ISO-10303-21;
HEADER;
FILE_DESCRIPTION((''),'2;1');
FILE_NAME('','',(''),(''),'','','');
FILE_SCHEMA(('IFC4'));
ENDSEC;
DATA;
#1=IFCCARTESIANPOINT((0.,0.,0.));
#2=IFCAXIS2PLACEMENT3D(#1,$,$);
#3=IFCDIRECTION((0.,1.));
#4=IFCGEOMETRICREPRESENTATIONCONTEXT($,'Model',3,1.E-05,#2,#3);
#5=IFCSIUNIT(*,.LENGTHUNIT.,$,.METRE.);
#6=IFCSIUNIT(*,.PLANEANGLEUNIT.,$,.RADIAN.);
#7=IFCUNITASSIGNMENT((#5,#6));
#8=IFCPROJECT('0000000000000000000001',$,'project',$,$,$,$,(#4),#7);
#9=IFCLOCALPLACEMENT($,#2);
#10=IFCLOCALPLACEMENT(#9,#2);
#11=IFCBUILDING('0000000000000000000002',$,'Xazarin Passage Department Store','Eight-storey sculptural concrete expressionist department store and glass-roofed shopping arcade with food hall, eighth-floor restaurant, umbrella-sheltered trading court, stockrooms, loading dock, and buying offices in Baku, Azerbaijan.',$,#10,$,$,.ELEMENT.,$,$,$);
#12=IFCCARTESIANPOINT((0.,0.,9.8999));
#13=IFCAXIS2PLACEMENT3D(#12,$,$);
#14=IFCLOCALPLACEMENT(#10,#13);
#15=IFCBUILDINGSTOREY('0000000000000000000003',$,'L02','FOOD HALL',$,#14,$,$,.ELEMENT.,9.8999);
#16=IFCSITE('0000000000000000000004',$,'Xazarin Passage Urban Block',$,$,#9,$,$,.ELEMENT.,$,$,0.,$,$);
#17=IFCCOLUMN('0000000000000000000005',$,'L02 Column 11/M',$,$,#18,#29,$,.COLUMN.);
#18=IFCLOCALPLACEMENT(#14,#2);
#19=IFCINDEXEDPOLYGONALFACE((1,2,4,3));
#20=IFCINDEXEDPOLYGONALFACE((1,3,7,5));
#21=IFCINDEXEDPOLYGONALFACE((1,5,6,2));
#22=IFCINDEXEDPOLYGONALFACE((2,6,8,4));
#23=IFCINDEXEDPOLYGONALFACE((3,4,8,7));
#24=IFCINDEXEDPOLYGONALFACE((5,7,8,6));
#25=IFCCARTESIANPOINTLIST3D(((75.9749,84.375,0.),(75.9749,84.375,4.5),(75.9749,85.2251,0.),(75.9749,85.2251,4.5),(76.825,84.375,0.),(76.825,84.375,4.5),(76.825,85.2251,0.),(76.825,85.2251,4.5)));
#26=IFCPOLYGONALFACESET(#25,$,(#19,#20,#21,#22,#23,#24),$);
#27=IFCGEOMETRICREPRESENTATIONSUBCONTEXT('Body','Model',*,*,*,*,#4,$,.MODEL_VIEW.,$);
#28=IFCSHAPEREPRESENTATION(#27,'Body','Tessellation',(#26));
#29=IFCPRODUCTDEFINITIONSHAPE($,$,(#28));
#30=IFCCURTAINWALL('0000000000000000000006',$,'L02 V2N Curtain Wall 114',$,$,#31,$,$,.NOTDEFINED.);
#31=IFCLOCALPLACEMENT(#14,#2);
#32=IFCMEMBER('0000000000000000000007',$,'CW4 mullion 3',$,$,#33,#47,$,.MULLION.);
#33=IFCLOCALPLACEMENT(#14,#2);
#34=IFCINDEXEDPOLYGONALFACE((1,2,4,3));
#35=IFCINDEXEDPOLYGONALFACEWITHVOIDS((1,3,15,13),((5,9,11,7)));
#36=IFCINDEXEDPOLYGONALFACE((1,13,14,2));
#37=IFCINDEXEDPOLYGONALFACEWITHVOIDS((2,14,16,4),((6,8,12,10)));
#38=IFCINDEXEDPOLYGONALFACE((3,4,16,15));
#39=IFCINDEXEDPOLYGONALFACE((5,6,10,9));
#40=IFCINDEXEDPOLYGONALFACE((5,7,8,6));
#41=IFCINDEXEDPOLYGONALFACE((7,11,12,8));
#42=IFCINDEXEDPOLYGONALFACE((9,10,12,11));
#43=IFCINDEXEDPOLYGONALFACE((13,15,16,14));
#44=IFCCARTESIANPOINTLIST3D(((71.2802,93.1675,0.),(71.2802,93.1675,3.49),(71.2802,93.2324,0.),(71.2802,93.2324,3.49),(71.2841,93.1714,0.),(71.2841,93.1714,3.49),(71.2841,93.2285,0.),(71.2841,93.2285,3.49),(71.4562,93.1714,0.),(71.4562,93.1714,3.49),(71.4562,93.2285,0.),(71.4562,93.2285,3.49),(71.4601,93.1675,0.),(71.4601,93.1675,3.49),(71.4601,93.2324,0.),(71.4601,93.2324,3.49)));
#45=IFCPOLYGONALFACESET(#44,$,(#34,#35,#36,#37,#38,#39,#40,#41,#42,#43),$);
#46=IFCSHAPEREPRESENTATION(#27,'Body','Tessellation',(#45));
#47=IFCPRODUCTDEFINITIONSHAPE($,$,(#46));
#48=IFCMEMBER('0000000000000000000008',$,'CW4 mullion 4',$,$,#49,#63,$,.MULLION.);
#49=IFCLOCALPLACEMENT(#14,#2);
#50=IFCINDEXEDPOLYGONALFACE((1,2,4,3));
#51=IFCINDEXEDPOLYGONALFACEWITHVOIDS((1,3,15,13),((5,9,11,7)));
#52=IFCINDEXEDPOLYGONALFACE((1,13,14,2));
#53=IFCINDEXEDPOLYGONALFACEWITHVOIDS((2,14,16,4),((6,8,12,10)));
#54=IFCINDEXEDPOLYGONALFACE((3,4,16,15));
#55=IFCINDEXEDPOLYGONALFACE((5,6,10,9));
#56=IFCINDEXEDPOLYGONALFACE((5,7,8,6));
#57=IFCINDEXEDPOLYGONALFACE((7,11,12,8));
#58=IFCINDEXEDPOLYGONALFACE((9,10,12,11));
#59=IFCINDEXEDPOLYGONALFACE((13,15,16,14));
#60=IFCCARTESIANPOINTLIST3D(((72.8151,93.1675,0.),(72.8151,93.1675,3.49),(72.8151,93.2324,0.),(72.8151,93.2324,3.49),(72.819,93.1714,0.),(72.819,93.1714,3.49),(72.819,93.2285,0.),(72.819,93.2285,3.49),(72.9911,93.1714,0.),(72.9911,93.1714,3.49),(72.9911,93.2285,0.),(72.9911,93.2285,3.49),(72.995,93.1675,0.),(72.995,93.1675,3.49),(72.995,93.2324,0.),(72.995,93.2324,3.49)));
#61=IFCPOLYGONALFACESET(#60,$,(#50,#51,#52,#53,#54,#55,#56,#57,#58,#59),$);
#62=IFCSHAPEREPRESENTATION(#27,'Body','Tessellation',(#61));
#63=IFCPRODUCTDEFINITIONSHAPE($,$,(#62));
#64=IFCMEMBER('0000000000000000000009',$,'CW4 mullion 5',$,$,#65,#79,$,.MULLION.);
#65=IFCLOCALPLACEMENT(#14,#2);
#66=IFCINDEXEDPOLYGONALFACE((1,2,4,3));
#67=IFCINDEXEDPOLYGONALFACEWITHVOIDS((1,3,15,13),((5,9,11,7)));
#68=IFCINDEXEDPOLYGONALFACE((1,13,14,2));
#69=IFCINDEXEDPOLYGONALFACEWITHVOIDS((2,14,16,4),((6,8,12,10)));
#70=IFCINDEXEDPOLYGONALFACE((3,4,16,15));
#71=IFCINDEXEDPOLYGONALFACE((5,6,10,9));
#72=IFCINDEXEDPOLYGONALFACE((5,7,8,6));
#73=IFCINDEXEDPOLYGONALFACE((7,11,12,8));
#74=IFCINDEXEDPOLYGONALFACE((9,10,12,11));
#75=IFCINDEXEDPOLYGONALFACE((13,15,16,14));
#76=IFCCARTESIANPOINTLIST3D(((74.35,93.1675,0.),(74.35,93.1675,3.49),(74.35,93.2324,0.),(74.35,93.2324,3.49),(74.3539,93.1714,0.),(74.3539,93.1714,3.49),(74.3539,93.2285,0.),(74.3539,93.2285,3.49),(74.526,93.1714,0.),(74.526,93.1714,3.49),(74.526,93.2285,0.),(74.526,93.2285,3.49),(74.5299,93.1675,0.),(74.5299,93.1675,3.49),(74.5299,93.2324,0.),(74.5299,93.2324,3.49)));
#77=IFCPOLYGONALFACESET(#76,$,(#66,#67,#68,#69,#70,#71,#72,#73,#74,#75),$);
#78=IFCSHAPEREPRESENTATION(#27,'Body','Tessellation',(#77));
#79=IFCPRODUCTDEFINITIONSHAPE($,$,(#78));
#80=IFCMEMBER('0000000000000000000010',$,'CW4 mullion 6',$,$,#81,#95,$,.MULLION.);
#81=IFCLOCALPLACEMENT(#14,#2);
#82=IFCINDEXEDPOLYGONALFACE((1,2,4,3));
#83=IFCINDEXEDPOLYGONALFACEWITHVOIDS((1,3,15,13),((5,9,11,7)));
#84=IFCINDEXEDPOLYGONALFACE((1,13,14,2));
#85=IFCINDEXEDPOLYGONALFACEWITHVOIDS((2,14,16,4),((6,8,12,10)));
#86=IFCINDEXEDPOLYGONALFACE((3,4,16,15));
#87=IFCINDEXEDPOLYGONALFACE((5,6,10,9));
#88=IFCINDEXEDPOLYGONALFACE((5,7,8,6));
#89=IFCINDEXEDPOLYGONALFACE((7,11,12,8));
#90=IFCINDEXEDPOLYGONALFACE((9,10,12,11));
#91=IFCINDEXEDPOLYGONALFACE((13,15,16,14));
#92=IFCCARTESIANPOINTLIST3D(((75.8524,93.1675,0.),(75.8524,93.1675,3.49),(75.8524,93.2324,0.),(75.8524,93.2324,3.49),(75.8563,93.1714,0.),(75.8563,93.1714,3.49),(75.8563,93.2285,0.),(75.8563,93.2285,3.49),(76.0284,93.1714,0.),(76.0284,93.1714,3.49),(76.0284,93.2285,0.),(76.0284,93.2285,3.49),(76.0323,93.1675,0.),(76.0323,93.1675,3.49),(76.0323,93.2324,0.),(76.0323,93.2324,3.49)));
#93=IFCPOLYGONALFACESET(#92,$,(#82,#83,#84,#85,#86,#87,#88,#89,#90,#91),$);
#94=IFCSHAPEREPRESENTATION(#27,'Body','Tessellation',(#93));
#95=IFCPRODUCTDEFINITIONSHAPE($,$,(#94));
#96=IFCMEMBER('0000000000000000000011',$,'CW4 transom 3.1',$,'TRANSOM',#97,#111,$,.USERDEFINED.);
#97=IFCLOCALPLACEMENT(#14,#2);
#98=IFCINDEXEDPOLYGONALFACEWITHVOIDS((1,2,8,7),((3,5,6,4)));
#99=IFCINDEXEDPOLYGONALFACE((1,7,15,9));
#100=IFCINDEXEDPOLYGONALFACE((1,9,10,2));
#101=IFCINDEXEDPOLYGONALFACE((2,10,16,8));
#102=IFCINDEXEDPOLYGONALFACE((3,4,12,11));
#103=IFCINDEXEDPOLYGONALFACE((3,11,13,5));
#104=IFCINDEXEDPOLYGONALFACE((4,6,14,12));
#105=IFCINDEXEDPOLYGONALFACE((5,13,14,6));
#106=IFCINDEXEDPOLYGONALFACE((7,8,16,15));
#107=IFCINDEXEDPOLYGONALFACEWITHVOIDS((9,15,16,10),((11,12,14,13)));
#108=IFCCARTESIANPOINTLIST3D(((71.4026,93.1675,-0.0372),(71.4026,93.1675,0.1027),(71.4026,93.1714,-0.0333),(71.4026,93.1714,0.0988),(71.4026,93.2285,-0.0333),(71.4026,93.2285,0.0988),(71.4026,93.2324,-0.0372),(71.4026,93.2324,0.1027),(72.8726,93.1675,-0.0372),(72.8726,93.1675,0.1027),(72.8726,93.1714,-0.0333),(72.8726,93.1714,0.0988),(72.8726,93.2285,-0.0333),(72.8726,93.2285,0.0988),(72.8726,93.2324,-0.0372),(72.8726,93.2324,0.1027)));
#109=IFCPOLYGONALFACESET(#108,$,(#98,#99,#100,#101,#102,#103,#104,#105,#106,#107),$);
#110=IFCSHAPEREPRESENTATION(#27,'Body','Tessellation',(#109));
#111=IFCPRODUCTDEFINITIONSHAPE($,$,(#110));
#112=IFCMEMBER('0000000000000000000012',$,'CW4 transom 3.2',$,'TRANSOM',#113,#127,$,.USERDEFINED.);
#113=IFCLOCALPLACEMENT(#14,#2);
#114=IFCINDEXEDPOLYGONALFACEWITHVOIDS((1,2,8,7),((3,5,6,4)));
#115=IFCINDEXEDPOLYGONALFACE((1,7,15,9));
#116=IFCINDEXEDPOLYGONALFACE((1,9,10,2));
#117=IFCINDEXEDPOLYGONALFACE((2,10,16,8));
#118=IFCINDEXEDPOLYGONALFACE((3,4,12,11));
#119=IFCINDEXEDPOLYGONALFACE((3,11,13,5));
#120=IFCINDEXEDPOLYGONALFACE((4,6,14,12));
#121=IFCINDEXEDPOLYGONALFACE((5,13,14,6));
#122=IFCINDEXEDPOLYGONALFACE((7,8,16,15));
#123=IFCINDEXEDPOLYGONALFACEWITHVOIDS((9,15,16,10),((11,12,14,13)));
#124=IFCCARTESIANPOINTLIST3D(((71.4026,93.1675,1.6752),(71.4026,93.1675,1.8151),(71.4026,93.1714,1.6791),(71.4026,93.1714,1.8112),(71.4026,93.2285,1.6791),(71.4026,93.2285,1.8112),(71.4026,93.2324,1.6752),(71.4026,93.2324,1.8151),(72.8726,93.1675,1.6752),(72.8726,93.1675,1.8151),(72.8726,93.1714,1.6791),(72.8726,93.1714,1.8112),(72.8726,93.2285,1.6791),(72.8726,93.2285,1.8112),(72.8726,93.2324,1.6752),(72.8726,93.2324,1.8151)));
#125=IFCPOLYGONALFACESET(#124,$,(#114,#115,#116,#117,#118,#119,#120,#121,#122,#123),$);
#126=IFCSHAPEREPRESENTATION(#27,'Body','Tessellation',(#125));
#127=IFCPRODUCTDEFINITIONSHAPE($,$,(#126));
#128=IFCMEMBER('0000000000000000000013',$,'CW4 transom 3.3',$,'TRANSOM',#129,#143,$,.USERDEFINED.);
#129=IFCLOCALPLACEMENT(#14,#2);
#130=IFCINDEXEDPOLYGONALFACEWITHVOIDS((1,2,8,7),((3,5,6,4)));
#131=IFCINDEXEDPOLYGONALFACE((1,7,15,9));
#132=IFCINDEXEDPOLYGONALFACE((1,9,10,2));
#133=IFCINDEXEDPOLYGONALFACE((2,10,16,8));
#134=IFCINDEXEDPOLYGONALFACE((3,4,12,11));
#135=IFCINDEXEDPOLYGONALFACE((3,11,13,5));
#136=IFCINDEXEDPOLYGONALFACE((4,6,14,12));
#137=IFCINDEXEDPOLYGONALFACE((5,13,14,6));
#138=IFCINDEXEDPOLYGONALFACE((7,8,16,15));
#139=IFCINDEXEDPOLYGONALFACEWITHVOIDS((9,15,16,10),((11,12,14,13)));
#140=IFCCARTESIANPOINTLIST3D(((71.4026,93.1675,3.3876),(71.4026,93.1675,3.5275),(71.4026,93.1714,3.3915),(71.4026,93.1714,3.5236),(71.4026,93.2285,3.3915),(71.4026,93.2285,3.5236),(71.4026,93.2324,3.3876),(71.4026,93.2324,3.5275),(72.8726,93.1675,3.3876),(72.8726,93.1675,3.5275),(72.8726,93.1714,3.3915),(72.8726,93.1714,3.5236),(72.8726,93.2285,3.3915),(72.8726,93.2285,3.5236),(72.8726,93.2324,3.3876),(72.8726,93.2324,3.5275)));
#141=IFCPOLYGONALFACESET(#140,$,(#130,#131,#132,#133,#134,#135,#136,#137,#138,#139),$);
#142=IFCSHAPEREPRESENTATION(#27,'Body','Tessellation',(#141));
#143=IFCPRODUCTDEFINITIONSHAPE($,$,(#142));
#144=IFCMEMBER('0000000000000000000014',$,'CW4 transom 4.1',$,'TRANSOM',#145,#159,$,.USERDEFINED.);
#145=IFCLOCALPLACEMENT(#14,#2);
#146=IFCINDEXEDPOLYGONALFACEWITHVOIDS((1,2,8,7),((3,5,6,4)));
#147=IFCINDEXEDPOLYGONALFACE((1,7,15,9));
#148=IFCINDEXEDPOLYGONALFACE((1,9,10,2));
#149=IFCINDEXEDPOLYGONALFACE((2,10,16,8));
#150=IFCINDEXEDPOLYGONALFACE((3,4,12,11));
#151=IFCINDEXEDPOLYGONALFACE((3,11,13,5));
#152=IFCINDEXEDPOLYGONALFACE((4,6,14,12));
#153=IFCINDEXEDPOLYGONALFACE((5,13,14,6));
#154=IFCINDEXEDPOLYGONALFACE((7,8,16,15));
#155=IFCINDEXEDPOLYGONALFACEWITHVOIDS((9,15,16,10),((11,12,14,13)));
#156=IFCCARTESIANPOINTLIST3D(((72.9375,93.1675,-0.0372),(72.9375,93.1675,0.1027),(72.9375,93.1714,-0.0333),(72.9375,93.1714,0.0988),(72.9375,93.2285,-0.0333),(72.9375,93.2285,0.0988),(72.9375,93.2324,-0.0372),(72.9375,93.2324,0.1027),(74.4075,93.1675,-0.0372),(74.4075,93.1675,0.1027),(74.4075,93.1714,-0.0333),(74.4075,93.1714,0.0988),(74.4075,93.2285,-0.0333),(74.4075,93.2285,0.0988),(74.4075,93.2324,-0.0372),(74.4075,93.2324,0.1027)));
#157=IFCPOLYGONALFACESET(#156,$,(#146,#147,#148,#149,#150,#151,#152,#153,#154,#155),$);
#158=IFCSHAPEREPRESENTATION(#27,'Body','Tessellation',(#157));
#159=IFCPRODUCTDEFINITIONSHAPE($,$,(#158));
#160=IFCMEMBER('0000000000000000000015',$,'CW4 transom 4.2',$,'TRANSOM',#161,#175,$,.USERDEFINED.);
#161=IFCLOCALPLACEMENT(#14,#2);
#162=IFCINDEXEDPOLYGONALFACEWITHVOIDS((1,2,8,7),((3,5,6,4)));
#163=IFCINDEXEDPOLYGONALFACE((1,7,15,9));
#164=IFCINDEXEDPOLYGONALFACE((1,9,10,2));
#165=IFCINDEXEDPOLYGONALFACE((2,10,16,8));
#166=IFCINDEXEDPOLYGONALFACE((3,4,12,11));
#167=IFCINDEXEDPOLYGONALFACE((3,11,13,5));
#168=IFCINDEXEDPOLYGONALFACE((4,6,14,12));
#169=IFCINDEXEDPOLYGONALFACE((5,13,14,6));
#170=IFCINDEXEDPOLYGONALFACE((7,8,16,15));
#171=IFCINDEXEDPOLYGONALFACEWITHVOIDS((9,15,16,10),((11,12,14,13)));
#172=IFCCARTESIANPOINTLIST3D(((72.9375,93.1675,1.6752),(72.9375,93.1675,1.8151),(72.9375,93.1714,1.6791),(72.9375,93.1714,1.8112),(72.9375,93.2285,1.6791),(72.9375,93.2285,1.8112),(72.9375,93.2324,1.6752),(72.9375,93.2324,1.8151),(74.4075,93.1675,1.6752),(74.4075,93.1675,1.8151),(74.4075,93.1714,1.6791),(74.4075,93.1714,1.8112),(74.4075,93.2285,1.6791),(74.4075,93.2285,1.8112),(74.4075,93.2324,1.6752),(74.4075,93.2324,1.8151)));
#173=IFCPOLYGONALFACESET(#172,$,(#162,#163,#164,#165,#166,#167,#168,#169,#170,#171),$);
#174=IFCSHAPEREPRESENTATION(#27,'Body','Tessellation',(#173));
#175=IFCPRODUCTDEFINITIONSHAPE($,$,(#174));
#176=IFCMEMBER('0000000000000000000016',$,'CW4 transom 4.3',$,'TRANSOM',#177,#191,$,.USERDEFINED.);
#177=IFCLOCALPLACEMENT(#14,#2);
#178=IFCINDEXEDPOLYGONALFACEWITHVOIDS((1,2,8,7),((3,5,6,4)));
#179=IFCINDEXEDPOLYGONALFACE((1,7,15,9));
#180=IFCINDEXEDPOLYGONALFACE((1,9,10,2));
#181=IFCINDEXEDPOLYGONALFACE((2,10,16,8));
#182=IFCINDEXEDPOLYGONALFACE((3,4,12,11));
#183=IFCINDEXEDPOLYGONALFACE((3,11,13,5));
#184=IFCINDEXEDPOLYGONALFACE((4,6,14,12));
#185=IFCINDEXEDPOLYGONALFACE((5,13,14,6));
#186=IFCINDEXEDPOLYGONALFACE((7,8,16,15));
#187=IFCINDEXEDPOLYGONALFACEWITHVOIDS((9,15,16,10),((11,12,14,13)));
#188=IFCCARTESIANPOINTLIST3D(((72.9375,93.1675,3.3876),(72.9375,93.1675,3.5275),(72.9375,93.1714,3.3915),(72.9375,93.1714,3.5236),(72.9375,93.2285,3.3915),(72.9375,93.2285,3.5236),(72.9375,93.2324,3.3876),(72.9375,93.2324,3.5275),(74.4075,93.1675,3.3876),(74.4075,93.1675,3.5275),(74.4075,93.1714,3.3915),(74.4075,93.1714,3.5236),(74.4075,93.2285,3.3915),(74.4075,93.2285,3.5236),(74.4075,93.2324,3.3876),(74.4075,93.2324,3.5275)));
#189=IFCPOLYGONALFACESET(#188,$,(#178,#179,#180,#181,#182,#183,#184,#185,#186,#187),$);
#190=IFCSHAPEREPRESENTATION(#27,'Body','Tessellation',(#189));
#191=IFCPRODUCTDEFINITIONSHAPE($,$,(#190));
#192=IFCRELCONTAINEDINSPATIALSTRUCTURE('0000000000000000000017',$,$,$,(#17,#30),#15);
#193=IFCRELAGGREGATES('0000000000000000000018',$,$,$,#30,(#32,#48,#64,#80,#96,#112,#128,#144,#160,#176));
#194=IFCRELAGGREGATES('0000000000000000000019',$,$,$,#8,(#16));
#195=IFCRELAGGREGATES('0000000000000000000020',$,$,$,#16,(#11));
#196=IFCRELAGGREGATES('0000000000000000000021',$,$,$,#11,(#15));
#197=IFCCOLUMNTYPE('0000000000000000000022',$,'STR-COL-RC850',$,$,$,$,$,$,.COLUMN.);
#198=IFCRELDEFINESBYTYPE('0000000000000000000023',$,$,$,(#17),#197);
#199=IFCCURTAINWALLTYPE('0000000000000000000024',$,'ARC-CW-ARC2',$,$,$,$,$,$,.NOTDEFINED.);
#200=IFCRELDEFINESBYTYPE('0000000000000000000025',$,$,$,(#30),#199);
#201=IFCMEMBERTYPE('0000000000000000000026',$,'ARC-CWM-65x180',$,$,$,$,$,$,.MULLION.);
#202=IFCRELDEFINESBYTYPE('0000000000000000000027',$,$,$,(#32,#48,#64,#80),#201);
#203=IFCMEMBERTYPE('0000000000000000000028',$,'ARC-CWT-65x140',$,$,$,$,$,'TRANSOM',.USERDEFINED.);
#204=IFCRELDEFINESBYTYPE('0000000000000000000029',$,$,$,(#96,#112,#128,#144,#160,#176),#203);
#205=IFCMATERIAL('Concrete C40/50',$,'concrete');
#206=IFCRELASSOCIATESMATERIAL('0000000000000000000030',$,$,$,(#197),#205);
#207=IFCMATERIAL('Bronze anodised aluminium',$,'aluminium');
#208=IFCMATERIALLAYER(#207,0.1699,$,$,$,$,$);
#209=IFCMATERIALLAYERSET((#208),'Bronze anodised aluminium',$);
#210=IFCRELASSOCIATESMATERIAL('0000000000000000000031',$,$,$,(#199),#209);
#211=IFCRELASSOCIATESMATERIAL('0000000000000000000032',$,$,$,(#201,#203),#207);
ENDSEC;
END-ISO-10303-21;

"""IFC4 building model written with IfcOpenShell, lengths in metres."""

from ifc_helpers import new_model, si_unit, direction, frame, origin, origin_2d, place, context, subcontext, project, spatial, rectangle, hollow_rectangle, extrude, material, layer, layer_set, material_profile, profile_set, type_object, element, aggregate, save


model = new_model("IFC4")

# Units and contexts
model_context = context("Model", 3, precision=1e-05, world=origin(), true_north=direction((0.0, 1.0)))
body_context = subcontext(model_context, "Body", "Model", "MODEL_VIEW")
ifc_project = project(units=[si_unit("LENGTHUNIT", "METRE"), si_unit("PLANEANGLEUNIT", "RADIAN")], contexts=[model_context])

# Site, building, storey
site_placement = place(None, origin())
site = spatial("IfcSite", under=ifc_project, at=site_placement, Name="Xazarin Passage Urban Block", CompositionType="ELEMENT", RefElevation=0.0)
building_placement = place(site_placement, origin())
building = spatial("IfcBuilding", under=site, at=building_placement, Name="Xazarin Passage Department Store", Description="Eight-storey sculptural concrete expressionist department store and glass-roofed shopping arcade with food hall, eighth-floor restaurant, umbrella-sheltered trading court, stockrooms, loading dock, and buying offices in Baku, Azerbaijan.", CompositionType="ELEMENT")
storey_placement = place(building_placement, frame((0.0, 0.0, 9.8999)))
storey = spatial("IfcBuildingStorey", under=building, at=storey_placement, Name="L02", Description="FOOD HALL", CompositionType="ELEMENT", Elevation=9.8999)

# Column
ifc_material_1 = material(Name="Concrete C40/50", Category="concrete")
ifc_material_profile_1 = material_profile(ifc_material_1, rectangle(XDim=0.8501, YDim=0.8501, at=origin_2d()), Name="RC 850x850")
ifc_profile_set_1 = profile_set([ifc_material_profile_1], Name="Concrete C40/50")
column_type = type_object("IfcColumnType", Name="STR-COL-RC850", PredefinedType="COLUMN", material=ifc_profile_set_1)
column_placement = place(storey_placement, frame((76.3999, 84.8, 0.0), z_axis=(0.0, 0.0, 1.0), x_axis=(1.0, 0.0, 0.0)))
element("IfcColumn", 1, at=column_placement, inside=storey, type_object=column_type, Name="L02 Column 11/M", PredefinedType="COLUMN", context=body_context, shape_type="SweptSolid", body=[
    extrude(rectangle(XDim=0.8501, YDim=0.8501, at=origin_2d()), origin(), (0.0, 0.0, 1.0), 4.5),
])

# Curtain wall, members
ifc_material_2 = material(Name="Bronze anodised aluminium", Category="aluminium")
ifc_layer_1 = layer(ifc_material_2, 0.1699)
ifc_layer_set_1 = layer_set([ifc_layer_1], Name="Bronze anodised aluminium")
curtain_wall_type = type_object("IfcCurtainWallType", Name="ARC-CW-ARC2", PredefinedType="NOTDEFINED", material=ifc_layer_set_1)
curtain_wall_placement = place(storey_placement, origin())
curtain_wall = element("IfcCurtainWall", 2, at=curtain_wall_placement, inside=storey, type_object=curtain_wall_type, Name="L02 V2N Curtain Wall 114", PredefinedType="NOTDEFINED")
ifc_material_profile_2 = material_profile(ifc_material_2, hollow_rectangle(XDim=0.0649, YDim=0.1799, WallThickness=0.0039, at=origin_2d()), Name="ALU 65x180")
ifc_profile_set_2 = profile_set([ifc_material_profile_2], Name="Bronze anodised aluminium")
member_type_1 = type_object("IfcMemberType", Name="ARC-CWM-65x180", PredefinedType="MULLION", material=ifc_profile_set_2)
member_1_placement = place(storey_placement, frame((71.3701, 93.2, 0.0), z_axis=(0.0, 0.0, 1.0), x_axis=(0.0, 1.0, 0.0)))
member_1 = element("IfcMember", 3, at=member_1_placement, type_object=member_type_1, Name="CW4 mullion 3", PredefinedType="MULLION", context=body_context, shape_type="SweptSolid", body=[
    extrude(hollow_rectangle(XDim=0.0649, YDim=0.1799, WallThickness=0.0039, at=origin_2d()), origin(), (0.0, 0.0, 1.0), 3.49),
])
member_2_placement = place(storey_placement, frame((72.905, 93.2, 0.0), z_axis=(0.0, 0.0, 1.0), x_axis=(0.0, 1.0, 0.0)))
member_2 = element("IfcMember", 4, at=member_2_placement, type_object=member_type_1, Name="CW4 mullion 4", PredefinedType="MULLION", context=body_context, shape_type="SweptSolid", body=[
    extrude(hollow_rectangle(XDim=0.0649, YDim=0.1799, WallThickness=0.0039, at=origin_2d()), origin(), (0.0, 0.0, 1.0), 3.49),
])
member_3_placement = place(storey_placement, frame((74.4399, 93.2, 0.0), z_axis=(0.0, 0.0, 1.0), x_axis=(0.0, 1.0, 0.0)))
member_3 = element("IfcMember", 5, at=member_3_placement, type_object=member_type_1, Name="CW4 mullion 5", PredefinedType="MULLION", context=body_context, shape_type="SweptSolid", body=[
    extrude(hollow_rectangle(XDim=0.0649, YDim=0.1799, WallThickness=0.0039, at=origin_2d()), origin(), (0.0, 0.0, 1.0), 3.49),
])
member_4_placement = place(storey_placement, frame((75.9424, 93.2, 0.0), z_axis=(0.0, 0.0, 1.0), x_axis=(0.0, 1.0, 0.0)))
member_4 = element("IfcMember", 6, at=member_4_placement, type_object=member_type_1, Name="CW4 mullion 6", PredefinedType="MULLION", context=body_context, shape_type="SweptSolid", body=[
    extrude(hollow_rectangle(XDim=0.0649, YDim=0.1799, WallThickness=0.0039, at=origin_2d()), origin(), (0.0, 0.0, 1.0), 3.49),
])
ifc_material_profile_3 = material_profile(ifc_material_2, hollow_rectangle(XDim=0.0649, YDim=0.1399, WallThickness=0.0039, at=origin_2d()), Name="ALU 65x140")
ifc_profile_set_3 = profile_set([ifc_material_profile_3], Name="Bronze anodised aluminium")
member_type_2 = type_object("IfcMemberType", Name="ARC-CWT-65x140", ElementType="TRANSOM", PredefinedType="USERDEFINED", material=ifc_profile_set_3)
member_5_placement = place(storey_placement, frame((71.4026, 93.2, 0.0327), z_axis=(1.0, 0.0, 0.0), x_axis=(0.0, 1.0, 0.0)))
member_5 = element("IfcMember", 7, at=member_5_placement, type_object=member_type_2, Name="CW4 transom 3.1", ObjectType="TRANSOM", PredefinedType="USERDEFINED", context=body_context, shape_type="SweptSolid", body=[
    extrude(hollow_rectangle(XDim=0.0649, YDim=0.1399, WallThickness=0.0039, at=origin_2d()), origin(), (0.0, 0.0, 1.0), 1.47),
])
member_6_placement = place(storey_placement, frame((71.4026, 93.2, 1.7451), z_axis=(1.0, 0.0, 0.0), x_axis=(0.0, 1.0, 0.0)))
member_6 = element("IfcMember", 8, at=member_6_placement, type_object=member_type_2, Name="CW4 transom 3.2", ObjectType="TRANSOM", PredefinedType="USERDEFINED", context=body_context, shape_type="SweptSolid", body=[
    extrude(hollow_rectangle(XDim=0.0649, YDim=0.1399, WallThickness=0.0039, at=origin_2d()), origin(), (0.0, 0.0, 1.0), 1.47),
])
member_7_placement = place(storey_placement, frame((71.4026, 93.2, 3.4575), z_axis=(1.0, 0.0, 0.0), x_axis=(0.0, 1.0, 0.0)))
member_7 = element("IfcMember", 9, at=member_7_placement, type_object=member_type_2, Name="CW4 transom 3.3", ObjectType="TRANSOM", PredefinedType="USERDEFINED", context=body_context, shape_type="SweptSolid", body=[
    extrude(hollow_rectangle(XDim=0.0649, YDim=0.1399, WallThickness=0.0039, at=origin_2d()), origin(), (0.0, 0.0, 1.0), 1.47),
])
member_8_placement = place(storey_placement, frame((72.9375, 93.2, 0.0327), z_axis=(1.0, 0.0, 0.0), x_axis=(0.0, 1.0, 0.0)))
member_8 = element("IfcMember", 10, at=member_8_placement, type_object=member_type_2, Name="CW4 transom 4.1", ObjectType="TRANSOM", PredefinedType="USERDEFINED", context=body_context, shape_type="SweptSolid", body=[
    extrude(hollow_rectangle(XDim=0.0649, YDim=0.1399, WallThickness=0.0039, at=origin_2d()), origin(), (0.0, 0.0, 1.0), 1.47),
])
member_9_placement = place(storey_placement, frame((72.9375, 93.2, 1.7451), z_axis=(1.0, 0.0, 0.0), x_axis=(0.0, 1.0, 0.0)))
member_9 = element("IfcMember", 11, at=member_9_placement, type_object=member_type_2, Name="CW4 transom 4.2", ObjectType="TRANSOM", PredefinedType="USERDEFINED", context=body_context, shape_type="SweptSolid", body=[
    extrude(hollow_rectangle(XDim=0.0649, YDim=0.1399, WallThickness=0.0039, at=origin_2d()), origin(), (0.0, 0.0, 1.0), 1.47),
])
member_10_placement = place(storey_placement, frame((72.9375, 93.2, 3.4575), z_axis=(1.0, 0.0, 0.0), x_axis=(0.0, 1.0, 0.0)))
member_10 = element("IfcMember", 12, at=member_10_placement, type_object=member_type_2, Name="CW4 transom 4.3", ObjectType="TRANSOM", PredefinedType="USERDEFINED", context=body_context, shape_type="SweptSolid", body=[
    extrude(hollow_rectangle(XDim=0.0649, YDim=0.1399, WallThickness=0.0039, at=origin_2d()), origin(), (0.0, 0.0, 1.0), 1.47),
])
aggregate(curtain_wall, [member_1, member_2, member_3, member_4, member_5, member_6, member_7, member_8, member_9, member_10])

save(model, "model.ifc")
